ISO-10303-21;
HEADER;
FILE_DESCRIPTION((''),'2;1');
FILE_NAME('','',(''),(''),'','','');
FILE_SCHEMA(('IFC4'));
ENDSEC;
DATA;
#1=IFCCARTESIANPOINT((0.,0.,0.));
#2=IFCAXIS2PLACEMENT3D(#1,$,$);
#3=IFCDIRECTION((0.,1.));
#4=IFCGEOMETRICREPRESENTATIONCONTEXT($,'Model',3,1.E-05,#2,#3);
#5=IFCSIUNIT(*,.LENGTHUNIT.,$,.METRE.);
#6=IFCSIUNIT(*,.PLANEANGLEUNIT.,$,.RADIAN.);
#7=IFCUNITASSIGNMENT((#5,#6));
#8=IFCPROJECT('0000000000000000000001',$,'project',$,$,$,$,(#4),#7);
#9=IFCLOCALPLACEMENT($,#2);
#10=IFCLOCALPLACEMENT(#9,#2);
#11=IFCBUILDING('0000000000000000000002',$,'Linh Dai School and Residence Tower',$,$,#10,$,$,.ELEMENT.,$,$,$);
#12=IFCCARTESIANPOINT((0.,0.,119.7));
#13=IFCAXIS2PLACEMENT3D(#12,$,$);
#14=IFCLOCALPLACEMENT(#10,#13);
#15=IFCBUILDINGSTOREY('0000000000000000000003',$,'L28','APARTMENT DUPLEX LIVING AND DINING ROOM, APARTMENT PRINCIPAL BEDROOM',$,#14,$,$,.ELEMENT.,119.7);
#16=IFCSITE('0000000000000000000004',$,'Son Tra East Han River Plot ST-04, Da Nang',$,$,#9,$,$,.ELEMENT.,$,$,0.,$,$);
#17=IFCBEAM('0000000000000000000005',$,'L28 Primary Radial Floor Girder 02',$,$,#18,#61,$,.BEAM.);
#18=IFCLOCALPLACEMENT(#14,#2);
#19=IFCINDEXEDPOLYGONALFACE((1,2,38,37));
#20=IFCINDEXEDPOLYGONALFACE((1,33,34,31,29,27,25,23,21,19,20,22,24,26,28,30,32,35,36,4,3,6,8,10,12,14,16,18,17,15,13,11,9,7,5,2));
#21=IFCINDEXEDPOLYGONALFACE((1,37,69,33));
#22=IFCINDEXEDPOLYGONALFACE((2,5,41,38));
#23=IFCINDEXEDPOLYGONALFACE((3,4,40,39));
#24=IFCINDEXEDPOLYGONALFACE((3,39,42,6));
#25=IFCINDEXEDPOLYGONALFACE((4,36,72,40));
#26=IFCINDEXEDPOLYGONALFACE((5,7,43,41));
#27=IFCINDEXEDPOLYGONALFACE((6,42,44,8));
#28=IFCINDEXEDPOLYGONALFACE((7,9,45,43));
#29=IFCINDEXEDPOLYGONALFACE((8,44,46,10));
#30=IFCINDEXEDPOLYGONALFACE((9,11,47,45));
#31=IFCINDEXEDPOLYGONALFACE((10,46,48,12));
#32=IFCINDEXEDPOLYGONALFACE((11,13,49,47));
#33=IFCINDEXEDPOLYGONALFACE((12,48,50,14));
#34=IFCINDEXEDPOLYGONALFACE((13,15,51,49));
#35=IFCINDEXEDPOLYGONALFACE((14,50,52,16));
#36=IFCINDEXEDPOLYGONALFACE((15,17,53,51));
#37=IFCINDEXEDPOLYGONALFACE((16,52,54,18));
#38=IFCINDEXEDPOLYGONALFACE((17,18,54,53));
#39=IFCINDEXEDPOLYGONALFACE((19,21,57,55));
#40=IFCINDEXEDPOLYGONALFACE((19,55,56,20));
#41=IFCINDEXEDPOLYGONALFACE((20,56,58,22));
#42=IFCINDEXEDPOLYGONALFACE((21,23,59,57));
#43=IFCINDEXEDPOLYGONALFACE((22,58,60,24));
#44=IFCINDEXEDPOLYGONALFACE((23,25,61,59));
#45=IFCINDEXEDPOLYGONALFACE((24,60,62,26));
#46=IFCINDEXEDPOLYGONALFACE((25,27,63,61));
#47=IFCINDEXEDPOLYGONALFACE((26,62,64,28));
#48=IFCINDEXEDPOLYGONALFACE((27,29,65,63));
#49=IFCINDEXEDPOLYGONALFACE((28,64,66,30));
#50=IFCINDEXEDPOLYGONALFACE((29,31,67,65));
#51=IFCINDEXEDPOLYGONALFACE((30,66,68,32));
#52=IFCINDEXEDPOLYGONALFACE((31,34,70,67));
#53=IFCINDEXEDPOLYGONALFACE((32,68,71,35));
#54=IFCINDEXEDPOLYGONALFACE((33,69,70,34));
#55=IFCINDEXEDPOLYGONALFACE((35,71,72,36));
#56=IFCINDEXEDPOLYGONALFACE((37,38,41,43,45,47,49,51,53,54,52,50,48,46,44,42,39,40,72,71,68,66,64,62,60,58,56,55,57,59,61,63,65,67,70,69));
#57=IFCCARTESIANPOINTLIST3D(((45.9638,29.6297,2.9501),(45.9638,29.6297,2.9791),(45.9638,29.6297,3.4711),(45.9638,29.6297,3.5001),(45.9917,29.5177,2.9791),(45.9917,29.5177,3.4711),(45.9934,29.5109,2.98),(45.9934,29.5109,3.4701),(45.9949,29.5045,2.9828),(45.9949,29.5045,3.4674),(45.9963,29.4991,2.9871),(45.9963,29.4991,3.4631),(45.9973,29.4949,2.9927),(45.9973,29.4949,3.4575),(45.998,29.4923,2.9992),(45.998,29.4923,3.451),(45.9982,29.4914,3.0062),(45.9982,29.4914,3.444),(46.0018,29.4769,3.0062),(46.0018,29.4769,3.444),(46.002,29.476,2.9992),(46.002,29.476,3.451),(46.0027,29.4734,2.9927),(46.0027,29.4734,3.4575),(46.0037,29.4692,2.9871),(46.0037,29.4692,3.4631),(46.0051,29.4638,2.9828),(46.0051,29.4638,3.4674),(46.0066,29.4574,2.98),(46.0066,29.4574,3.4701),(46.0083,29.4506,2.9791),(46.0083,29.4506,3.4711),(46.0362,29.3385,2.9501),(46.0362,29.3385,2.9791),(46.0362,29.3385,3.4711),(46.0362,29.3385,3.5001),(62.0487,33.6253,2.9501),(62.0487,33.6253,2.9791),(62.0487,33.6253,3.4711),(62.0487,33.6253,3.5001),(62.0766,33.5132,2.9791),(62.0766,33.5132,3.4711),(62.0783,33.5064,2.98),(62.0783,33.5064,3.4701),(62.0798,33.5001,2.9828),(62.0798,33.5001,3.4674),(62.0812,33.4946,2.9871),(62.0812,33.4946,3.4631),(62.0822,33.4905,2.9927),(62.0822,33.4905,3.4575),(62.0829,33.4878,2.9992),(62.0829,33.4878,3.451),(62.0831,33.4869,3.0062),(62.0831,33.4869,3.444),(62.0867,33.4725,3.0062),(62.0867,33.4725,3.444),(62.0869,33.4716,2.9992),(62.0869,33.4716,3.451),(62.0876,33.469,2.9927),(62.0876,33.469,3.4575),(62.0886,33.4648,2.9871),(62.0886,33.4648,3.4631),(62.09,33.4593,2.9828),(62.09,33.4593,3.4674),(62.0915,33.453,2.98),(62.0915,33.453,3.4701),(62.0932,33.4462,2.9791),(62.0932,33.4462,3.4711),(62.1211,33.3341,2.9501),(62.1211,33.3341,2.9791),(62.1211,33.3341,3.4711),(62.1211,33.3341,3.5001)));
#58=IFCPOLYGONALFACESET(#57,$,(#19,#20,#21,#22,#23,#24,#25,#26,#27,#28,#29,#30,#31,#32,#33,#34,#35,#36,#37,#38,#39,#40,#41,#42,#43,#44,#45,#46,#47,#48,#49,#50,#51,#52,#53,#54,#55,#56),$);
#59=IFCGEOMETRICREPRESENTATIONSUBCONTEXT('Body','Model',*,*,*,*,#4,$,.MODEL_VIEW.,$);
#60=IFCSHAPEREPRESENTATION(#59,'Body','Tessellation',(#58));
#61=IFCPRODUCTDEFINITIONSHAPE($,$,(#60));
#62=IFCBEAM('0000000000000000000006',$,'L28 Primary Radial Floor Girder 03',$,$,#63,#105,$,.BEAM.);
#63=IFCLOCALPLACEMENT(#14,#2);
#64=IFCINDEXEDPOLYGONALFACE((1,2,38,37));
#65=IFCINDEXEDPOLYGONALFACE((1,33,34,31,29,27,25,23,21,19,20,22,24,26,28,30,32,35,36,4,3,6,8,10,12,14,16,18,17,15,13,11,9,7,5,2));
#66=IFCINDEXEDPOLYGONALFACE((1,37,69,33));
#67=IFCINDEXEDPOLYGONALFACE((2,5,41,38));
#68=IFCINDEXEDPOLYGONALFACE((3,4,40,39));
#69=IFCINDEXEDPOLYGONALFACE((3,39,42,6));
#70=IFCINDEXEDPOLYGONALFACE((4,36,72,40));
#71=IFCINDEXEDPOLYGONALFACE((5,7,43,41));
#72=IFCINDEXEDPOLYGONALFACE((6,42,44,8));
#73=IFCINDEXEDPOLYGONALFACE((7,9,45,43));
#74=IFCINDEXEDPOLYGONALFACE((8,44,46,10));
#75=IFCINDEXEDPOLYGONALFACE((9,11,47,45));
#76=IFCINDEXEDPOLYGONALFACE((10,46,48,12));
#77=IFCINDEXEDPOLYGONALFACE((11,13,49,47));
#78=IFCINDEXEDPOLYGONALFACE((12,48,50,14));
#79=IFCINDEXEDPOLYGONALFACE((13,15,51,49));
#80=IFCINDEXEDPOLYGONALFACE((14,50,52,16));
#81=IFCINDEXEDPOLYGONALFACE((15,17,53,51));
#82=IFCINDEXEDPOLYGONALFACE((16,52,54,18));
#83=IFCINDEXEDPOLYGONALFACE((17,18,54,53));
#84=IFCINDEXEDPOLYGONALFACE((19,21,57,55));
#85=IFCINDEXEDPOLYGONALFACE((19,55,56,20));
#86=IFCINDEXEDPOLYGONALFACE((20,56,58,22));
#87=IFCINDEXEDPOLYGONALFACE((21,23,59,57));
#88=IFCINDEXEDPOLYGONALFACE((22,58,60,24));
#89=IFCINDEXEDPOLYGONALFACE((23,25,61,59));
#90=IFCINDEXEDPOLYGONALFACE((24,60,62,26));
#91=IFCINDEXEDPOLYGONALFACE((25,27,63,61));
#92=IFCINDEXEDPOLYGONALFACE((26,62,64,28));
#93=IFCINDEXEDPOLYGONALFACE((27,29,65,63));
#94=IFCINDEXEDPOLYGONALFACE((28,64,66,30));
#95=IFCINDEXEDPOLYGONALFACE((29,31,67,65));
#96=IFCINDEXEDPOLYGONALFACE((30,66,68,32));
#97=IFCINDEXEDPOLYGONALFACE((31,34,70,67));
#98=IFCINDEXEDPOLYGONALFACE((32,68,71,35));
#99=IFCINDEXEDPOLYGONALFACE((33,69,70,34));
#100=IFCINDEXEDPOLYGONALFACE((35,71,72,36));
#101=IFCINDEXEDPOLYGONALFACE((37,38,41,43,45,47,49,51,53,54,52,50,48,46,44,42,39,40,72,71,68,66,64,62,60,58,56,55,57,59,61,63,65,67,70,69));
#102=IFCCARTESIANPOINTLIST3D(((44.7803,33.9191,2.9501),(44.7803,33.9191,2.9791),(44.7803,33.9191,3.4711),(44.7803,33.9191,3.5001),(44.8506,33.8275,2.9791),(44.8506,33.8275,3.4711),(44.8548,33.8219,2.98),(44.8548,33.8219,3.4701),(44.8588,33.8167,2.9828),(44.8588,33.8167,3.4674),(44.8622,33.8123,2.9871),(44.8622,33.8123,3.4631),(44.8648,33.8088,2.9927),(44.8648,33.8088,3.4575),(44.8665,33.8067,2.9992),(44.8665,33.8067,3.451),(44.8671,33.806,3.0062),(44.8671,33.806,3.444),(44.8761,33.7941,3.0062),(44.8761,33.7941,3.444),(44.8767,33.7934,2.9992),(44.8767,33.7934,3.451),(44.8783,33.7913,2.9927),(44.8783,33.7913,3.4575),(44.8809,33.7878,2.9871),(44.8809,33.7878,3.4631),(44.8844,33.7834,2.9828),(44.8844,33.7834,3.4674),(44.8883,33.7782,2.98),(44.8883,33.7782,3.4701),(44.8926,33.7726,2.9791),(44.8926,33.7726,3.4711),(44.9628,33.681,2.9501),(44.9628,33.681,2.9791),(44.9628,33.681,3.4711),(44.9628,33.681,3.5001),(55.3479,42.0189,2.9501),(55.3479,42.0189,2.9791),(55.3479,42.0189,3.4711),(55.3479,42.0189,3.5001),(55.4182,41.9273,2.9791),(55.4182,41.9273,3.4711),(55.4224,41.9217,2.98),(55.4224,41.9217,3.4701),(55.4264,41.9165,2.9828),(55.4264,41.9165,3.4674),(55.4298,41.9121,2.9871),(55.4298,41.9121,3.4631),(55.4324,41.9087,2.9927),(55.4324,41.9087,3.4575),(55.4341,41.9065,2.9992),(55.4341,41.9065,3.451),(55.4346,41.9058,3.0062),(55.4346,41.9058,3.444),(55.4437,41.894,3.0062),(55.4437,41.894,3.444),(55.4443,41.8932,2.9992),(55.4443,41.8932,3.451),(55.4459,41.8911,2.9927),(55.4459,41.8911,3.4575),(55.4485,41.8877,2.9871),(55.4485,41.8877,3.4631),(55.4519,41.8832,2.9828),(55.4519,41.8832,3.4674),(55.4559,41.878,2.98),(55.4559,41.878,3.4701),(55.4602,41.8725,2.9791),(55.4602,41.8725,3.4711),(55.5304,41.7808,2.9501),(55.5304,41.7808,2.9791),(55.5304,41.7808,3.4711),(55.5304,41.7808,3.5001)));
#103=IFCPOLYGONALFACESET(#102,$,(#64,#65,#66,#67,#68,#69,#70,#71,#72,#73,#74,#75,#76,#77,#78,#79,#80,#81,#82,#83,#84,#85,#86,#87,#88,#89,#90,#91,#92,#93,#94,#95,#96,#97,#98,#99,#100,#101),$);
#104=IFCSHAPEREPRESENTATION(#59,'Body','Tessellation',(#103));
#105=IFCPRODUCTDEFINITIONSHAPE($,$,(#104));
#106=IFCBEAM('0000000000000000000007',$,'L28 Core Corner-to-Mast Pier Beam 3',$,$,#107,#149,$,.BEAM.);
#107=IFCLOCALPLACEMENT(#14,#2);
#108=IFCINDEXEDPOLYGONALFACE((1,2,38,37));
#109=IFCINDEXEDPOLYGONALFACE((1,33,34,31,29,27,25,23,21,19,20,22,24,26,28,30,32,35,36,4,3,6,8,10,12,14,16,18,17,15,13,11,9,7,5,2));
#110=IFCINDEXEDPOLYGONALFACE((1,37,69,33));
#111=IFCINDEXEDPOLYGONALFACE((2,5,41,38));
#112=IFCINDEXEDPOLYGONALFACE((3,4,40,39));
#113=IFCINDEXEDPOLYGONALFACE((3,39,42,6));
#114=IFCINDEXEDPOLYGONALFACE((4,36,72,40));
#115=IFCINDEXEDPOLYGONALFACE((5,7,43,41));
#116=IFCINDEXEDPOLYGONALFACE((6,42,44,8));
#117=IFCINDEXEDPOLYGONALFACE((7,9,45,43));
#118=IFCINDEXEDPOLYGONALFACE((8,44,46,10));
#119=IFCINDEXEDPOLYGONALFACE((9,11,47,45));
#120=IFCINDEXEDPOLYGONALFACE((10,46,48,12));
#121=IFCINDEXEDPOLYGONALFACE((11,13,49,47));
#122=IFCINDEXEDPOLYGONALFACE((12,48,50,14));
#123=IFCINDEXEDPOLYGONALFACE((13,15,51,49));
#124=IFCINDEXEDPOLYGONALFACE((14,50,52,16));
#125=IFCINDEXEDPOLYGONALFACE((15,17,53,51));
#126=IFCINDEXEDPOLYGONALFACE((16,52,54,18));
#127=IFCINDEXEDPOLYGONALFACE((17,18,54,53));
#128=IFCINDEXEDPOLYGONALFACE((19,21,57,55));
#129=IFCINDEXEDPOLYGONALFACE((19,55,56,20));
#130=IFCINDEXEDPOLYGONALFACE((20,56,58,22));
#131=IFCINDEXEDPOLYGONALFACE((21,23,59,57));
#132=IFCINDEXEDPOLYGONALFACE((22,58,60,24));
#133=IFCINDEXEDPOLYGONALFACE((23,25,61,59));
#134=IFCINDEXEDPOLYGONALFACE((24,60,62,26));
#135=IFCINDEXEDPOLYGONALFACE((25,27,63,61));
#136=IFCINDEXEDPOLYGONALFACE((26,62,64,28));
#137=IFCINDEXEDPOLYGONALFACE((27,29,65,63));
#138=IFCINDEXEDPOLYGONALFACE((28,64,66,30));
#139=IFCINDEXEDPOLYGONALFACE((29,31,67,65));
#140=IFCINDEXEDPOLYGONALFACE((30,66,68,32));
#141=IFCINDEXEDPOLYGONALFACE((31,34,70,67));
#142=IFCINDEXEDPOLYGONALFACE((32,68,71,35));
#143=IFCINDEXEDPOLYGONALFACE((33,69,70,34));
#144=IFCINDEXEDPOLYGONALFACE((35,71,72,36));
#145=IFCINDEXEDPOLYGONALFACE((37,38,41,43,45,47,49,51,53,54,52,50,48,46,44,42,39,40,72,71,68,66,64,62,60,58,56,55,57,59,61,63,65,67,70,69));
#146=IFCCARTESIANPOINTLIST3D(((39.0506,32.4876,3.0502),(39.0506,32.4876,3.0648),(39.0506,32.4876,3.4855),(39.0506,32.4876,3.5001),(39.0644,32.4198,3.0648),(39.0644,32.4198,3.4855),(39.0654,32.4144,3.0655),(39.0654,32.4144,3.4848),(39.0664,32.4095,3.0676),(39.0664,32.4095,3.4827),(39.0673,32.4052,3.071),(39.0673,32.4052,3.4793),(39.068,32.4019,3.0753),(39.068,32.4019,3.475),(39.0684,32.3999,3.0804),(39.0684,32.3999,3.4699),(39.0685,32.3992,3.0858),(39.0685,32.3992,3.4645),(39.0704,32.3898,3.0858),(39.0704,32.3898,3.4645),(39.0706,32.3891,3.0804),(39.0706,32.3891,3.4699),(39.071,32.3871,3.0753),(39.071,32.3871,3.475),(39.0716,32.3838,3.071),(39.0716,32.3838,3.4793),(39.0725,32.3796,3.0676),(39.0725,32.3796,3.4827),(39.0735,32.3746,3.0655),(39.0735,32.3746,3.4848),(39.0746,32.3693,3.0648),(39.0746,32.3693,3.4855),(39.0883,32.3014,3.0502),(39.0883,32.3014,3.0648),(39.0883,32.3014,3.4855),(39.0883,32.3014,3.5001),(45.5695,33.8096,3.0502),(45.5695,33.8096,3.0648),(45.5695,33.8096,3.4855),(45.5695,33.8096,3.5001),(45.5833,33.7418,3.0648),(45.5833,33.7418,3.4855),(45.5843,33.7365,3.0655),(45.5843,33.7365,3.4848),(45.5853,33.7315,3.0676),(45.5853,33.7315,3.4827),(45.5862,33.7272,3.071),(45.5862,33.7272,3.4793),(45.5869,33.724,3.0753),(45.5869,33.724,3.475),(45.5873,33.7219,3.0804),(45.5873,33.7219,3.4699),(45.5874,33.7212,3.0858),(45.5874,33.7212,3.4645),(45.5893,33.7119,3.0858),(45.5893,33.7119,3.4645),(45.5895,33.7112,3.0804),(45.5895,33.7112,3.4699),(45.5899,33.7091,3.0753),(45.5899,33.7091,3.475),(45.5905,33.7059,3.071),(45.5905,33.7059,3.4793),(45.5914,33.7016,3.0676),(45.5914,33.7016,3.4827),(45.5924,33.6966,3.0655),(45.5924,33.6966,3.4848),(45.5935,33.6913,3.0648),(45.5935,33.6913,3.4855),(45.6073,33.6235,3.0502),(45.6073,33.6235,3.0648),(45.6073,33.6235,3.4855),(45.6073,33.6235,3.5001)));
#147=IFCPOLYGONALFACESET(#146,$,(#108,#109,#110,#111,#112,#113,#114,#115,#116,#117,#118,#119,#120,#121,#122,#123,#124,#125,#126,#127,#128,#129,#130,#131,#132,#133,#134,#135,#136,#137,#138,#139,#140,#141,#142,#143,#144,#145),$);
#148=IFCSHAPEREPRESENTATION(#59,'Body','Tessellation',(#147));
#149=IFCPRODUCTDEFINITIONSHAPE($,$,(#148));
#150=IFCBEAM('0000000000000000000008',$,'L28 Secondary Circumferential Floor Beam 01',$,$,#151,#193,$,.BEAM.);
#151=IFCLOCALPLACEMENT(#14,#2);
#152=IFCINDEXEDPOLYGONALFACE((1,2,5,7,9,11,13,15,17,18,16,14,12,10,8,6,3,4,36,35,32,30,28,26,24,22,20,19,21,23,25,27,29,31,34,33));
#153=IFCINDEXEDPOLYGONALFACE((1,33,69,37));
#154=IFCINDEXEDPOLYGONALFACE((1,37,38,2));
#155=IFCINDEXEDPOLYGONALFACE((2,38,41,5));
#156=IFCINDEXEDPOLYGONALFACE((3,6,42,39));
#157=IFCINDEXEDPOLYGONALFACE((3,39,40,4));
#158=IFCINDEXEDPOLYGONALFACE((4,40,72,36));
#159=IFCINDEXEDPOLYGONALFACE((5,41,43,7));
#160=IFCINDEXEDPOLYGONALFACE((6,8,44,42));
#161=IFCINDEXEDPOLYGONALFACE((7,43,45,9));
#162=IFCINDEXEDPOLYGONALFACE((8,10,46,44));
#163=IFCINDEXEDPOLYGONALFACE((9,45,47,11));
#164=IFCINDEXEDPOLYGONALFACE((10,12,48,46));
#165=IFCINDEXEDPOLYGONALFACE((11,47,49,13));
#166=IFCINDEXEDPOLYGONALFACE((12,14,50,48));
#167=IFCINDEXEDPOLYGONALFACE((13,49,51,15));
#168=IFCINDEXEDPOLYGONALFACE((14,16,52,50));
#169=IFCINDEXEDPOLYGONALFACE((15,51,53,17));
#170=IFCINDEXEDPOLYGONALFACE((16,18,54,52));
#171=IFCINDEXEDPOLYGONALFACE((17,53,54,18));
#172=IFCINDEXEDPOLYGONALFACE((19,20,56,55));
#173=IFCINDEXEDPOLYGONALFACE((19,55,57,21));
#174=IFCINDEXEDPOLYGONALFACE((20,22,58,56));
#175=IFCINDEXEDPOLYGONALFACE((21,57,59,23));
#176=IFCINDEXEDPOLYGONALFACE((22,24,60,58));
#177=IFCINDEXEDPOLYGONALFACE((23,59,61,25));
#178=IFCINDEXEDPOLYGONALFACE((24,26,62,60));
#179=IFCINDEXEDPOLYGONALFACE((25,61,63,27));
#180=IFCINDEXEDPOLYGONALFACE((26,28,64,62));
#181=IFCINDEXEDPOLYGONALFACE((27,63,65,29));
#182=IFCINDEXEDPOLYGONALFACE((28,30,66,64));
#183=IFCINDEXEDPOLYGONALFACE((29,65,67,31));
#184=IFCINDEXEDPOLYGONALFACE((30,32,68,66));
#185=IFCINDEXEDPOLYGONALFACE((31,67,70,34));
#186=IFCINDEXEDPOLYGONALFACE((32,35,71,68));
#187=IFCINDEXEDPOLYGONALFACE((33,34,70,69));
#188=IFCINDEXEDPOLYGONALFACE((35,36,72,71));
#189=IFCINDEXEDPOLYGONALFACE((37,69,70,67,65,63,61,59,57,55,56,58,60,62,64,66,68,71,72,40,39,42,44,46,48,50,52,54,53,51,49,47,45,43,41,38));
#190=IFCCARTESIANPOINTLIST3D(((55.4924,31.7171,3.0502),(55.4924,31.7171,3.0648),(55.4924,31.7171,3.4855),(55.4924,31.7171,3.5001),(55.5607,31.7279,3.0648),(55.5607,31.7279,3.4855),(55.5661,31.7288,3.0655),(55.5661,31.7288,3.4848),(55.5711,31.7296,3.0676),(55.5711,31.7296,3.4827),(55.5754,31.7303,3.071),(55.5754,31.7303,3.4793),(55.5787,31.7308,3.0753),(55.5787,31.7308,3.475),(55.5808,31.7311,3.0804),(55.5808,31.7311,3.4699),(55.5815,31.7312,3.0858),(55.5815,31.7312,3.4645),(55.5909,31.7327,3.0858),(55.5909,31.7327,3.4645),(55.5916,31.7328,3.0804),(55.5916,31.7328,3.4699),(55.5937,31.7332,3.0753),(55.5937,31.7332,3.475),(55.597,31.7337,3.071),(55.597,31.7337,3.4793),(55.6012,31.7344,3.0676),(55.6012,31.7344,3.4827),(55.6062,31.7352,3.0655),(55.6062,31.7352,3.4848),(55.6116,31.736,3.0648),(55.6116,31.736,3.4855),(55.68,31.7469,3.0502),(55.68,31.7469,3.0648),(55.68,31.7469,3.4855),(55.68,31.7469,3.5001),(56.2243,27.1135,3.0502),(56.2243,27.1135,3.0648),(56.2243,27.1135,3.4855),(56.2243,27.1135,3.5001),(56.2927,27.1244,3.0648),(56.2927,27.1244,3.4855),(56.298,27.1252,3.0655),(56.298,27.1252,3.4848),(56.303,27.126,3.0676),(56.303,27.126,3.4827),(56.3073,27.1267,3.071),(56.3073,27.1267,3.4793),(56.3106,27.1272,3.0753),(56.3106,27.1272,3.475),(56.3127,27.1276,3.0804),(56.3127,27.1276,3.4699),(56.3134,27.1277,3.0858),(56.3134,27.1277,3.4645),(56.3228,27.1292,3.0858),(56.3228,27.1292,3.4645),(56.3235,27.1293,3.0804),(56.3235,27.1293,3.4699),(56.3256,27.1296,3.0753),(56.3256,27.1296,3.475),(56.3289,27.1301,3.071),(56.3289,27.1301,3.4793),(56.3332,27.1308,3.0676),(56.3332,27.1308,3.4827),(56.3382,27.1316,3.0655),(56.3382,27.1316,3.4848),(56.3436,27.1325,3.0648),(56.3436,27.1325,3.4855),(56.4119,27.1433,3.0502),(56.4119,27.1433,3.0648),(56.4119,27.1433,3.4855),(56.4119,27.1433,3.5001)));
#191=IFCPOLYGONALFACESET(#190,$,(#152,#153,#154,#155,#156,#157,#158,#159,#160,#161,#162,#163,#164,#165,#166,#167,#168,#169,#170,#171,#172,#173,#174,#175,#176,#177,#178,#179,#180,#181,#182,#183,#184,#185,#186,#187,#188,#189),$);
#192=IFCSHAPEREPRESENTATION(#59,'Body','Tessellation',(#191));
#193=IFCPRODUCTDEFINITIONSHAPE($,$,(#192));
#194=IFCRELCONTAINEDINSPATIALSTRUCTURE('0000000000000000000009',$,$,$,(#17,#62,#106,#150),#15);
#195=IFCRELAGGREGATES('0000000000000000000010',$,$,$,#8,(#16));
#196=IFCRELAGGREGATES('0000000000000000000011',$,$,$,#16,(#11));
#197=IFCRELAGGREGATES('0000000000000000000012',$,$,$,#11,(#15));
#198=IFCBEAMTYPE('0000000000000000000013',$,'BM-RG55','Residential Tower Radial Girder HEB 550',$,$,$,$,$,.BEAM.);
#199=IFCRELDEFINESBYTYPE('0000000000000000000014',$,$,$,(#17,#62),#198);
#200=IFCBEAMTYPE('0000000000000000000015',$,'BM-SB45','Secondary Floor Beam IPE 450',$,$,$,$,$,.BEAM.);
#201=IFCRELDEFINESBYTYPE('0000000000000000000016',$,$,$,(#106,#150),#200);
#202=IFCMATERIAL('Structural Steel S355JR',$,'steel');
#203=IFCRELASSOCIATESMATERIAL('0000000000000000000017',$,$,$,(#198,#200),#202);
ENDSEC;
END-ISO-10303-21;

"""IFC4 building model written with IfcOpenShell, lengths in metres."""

from ifc_helpers import new_model, si_unit, direction, frame, origin, origin_2d, place, context, subcontext, project, spatial, i_section, extrude, material, material_profile, profile_set, type_object, element, save


model = new_model("IFC4")

# Units and contexts
model_context = context("Model", 3, precision=1e-05, world=origin(), true_north=direction((0.0, 1.0)))
body_context = subcontext(model_context, "Body", "Model", "MODEL_VIEW")
ifc_project = project(units=[si_unit("LENGTHUNIT", "METRE"), si_unit("PLANEANGLEUNIT", "RADIAN")], contexts=[model_context])

# Site, building, storey
site_placement = place(None, origin())
site = spatial("IfcSite", under=ifc_project, at=site_placement, Name="Son Tra East Han River Plot ST-04, Da Nang", CompositionType="ELEMENT", RefElevation=0.0)
building_placement = place(site_placement, origin())
building = spatial("IfcBuilding", under=site, at=building_placement, Name="Linh Dai School and Residence Tower", CompositionType="ELEMENT")
storey_placement = place(building_placement, frame((0.0, 0.0, 119.7)))
storey = spatial("IfcBuildingStorey", under=building, at=storey_placement, Name="L28", Description="APARTMENT DUPLEX LIVING AND DINING ROOM, APARTMENT PRINCIPAL BEDROOM", CompositionType="ELEMENT", Elevation=119.7)

# Shared definitions
ifc_material_1 = material(Name="Structural Steel S355JR", Category="steel")

# Beams
ifc_material_profile_1 = material_profile(ifc_material_1, i_section(OverallWidth=0.3, OverallDepth=0.55, WebThickness=0.0149, FlangeThickness=0.0291, FilletRadius=0.0271, at=origin_2d()), Name="HEB 550")
ifc_profile_set_1 = profile_set([ifc_material_profile_1], Name="Structural Steel S355JR")
beam_type_1 = type_object("IfcBeamType", Name="BM-RG55", Description="Residential Tower Radial Girder HEB 550", PredefinedType="BEAM", material=ifc_profile_set_1)
beam_1_placement = place(storey_placement, frame((46.0, 29.4841, 3.2251), z_axis=(0.970505, 0.24108, 0.0), x_axis=(-0.24108, 0.970505, 0.0)))
element("IfcBeam", 1, at=beam_1_placement, inside=storey, type_object=beam_type_1, Name="L28 Primary Radial Floor Girder 02", PredefinedType="BEAM", context=body_context, shape_type="SweptSolid", body=[
    extrude(i_section(OverallWidth=0.3, OverallDepth=0.55, WebThickness=0.0149, FlangeThickness=0.0291, FilletRadius=0.0271, at=origin_2d()), origin(), (0.0, 0.0, 1.0), 16.5737),
])
beam_2_placement = place(storey_placement, frame((44.8716, 33.8, 3.2251), z_axis=(0.793679, 0.608337, 0.0), x_axis=(-0.608337, 0.793679, 0.0)))
element("IfcBeam", 2, at=beam_2_placement, inside=storey, type_object=beam_type_1, Name="L28 Primary Radial Floor Girder 03", PredefinedType="BEAM", context=body_context, shape_type="SweptSolid", body=[
    extrude(i_section(OverallWidth=0.3, OverallDepth=0.55, WebThickness=0.0149, FlangeThickness=0.0291, FilletRadius=0.0271, at=origin_2d()), origin(), (0.0, 0.0, 1.0), 13.3147),
])
ifc_material_profile_2 = material_profile(ifc_material_1, i_section(OverallWidth=0.1899, OverallDepth=0.45, WebThickness=0.0095, FlangeThickness=0.0146, FilletRadius=0.021, at=origin_2d()), Name="IPE 450")
ifc_profile_set_2 = profile_set([ifc_material_profile_2], Name="Structural Steel S355JR")
beam_type_2 = type_object("IfcBeamType", Name="BM-SB45", Description="Secondary Floor Beam IPE 450", PredefinedType="BEAM", material=ifc_profile_set_2)
beam_3_placement = place(storey_placement, frame((45.5884, 33.7166, 3.2751), z_axis=(-0.980049, -0.198755, 0.0), x_axis=(0.198755, -0.980049, 0.0)))
element("IfcBeam", 3, at=beam_3_placement, inside=storey, type_object=beam_type_2, Name="L28 Core Corner-to-Mast Pier Beam 3", PredefinedType="BEAM", context=body_context, shape_type="SweptSolid", body=[
    extrude(i_section(OverallWidth=0.1899, OverallDepth=0.45, WebThickness=0.0095, FlangeThickness=0.0146, FilletRadius=0.021, at=origin_2d()), origin(), (0.0, 0.0, 1.0), 6.6516),
])
beam_4_placement = place(storey_placement, frame((56.3181, 27.1284, 3.2751), z_axis=(-0.157022, 0.987595, 0.0), x_axis=(-0.987595, -0.157022, 0.0)))
element("IfcBeam", 4, at=beam_4_placement, inside=storey, type_object=beam_type_2, Name="L28 Secondary Circumferential Floor Beam 01", PredefinedType="BEAM", context=body_context, shape_type="SweptSolid", body=[
    extrude(i_section(OverallWidth=0.1899, OverallDepth=0.45, WebThickness=0.0095, FlangeThickness=0.0146, FilletRadius=0.021, at=origin_2d()), origin(), (0.0, 0.0, 1.0), 4.6614),
])

save(model, "model.ifc")
